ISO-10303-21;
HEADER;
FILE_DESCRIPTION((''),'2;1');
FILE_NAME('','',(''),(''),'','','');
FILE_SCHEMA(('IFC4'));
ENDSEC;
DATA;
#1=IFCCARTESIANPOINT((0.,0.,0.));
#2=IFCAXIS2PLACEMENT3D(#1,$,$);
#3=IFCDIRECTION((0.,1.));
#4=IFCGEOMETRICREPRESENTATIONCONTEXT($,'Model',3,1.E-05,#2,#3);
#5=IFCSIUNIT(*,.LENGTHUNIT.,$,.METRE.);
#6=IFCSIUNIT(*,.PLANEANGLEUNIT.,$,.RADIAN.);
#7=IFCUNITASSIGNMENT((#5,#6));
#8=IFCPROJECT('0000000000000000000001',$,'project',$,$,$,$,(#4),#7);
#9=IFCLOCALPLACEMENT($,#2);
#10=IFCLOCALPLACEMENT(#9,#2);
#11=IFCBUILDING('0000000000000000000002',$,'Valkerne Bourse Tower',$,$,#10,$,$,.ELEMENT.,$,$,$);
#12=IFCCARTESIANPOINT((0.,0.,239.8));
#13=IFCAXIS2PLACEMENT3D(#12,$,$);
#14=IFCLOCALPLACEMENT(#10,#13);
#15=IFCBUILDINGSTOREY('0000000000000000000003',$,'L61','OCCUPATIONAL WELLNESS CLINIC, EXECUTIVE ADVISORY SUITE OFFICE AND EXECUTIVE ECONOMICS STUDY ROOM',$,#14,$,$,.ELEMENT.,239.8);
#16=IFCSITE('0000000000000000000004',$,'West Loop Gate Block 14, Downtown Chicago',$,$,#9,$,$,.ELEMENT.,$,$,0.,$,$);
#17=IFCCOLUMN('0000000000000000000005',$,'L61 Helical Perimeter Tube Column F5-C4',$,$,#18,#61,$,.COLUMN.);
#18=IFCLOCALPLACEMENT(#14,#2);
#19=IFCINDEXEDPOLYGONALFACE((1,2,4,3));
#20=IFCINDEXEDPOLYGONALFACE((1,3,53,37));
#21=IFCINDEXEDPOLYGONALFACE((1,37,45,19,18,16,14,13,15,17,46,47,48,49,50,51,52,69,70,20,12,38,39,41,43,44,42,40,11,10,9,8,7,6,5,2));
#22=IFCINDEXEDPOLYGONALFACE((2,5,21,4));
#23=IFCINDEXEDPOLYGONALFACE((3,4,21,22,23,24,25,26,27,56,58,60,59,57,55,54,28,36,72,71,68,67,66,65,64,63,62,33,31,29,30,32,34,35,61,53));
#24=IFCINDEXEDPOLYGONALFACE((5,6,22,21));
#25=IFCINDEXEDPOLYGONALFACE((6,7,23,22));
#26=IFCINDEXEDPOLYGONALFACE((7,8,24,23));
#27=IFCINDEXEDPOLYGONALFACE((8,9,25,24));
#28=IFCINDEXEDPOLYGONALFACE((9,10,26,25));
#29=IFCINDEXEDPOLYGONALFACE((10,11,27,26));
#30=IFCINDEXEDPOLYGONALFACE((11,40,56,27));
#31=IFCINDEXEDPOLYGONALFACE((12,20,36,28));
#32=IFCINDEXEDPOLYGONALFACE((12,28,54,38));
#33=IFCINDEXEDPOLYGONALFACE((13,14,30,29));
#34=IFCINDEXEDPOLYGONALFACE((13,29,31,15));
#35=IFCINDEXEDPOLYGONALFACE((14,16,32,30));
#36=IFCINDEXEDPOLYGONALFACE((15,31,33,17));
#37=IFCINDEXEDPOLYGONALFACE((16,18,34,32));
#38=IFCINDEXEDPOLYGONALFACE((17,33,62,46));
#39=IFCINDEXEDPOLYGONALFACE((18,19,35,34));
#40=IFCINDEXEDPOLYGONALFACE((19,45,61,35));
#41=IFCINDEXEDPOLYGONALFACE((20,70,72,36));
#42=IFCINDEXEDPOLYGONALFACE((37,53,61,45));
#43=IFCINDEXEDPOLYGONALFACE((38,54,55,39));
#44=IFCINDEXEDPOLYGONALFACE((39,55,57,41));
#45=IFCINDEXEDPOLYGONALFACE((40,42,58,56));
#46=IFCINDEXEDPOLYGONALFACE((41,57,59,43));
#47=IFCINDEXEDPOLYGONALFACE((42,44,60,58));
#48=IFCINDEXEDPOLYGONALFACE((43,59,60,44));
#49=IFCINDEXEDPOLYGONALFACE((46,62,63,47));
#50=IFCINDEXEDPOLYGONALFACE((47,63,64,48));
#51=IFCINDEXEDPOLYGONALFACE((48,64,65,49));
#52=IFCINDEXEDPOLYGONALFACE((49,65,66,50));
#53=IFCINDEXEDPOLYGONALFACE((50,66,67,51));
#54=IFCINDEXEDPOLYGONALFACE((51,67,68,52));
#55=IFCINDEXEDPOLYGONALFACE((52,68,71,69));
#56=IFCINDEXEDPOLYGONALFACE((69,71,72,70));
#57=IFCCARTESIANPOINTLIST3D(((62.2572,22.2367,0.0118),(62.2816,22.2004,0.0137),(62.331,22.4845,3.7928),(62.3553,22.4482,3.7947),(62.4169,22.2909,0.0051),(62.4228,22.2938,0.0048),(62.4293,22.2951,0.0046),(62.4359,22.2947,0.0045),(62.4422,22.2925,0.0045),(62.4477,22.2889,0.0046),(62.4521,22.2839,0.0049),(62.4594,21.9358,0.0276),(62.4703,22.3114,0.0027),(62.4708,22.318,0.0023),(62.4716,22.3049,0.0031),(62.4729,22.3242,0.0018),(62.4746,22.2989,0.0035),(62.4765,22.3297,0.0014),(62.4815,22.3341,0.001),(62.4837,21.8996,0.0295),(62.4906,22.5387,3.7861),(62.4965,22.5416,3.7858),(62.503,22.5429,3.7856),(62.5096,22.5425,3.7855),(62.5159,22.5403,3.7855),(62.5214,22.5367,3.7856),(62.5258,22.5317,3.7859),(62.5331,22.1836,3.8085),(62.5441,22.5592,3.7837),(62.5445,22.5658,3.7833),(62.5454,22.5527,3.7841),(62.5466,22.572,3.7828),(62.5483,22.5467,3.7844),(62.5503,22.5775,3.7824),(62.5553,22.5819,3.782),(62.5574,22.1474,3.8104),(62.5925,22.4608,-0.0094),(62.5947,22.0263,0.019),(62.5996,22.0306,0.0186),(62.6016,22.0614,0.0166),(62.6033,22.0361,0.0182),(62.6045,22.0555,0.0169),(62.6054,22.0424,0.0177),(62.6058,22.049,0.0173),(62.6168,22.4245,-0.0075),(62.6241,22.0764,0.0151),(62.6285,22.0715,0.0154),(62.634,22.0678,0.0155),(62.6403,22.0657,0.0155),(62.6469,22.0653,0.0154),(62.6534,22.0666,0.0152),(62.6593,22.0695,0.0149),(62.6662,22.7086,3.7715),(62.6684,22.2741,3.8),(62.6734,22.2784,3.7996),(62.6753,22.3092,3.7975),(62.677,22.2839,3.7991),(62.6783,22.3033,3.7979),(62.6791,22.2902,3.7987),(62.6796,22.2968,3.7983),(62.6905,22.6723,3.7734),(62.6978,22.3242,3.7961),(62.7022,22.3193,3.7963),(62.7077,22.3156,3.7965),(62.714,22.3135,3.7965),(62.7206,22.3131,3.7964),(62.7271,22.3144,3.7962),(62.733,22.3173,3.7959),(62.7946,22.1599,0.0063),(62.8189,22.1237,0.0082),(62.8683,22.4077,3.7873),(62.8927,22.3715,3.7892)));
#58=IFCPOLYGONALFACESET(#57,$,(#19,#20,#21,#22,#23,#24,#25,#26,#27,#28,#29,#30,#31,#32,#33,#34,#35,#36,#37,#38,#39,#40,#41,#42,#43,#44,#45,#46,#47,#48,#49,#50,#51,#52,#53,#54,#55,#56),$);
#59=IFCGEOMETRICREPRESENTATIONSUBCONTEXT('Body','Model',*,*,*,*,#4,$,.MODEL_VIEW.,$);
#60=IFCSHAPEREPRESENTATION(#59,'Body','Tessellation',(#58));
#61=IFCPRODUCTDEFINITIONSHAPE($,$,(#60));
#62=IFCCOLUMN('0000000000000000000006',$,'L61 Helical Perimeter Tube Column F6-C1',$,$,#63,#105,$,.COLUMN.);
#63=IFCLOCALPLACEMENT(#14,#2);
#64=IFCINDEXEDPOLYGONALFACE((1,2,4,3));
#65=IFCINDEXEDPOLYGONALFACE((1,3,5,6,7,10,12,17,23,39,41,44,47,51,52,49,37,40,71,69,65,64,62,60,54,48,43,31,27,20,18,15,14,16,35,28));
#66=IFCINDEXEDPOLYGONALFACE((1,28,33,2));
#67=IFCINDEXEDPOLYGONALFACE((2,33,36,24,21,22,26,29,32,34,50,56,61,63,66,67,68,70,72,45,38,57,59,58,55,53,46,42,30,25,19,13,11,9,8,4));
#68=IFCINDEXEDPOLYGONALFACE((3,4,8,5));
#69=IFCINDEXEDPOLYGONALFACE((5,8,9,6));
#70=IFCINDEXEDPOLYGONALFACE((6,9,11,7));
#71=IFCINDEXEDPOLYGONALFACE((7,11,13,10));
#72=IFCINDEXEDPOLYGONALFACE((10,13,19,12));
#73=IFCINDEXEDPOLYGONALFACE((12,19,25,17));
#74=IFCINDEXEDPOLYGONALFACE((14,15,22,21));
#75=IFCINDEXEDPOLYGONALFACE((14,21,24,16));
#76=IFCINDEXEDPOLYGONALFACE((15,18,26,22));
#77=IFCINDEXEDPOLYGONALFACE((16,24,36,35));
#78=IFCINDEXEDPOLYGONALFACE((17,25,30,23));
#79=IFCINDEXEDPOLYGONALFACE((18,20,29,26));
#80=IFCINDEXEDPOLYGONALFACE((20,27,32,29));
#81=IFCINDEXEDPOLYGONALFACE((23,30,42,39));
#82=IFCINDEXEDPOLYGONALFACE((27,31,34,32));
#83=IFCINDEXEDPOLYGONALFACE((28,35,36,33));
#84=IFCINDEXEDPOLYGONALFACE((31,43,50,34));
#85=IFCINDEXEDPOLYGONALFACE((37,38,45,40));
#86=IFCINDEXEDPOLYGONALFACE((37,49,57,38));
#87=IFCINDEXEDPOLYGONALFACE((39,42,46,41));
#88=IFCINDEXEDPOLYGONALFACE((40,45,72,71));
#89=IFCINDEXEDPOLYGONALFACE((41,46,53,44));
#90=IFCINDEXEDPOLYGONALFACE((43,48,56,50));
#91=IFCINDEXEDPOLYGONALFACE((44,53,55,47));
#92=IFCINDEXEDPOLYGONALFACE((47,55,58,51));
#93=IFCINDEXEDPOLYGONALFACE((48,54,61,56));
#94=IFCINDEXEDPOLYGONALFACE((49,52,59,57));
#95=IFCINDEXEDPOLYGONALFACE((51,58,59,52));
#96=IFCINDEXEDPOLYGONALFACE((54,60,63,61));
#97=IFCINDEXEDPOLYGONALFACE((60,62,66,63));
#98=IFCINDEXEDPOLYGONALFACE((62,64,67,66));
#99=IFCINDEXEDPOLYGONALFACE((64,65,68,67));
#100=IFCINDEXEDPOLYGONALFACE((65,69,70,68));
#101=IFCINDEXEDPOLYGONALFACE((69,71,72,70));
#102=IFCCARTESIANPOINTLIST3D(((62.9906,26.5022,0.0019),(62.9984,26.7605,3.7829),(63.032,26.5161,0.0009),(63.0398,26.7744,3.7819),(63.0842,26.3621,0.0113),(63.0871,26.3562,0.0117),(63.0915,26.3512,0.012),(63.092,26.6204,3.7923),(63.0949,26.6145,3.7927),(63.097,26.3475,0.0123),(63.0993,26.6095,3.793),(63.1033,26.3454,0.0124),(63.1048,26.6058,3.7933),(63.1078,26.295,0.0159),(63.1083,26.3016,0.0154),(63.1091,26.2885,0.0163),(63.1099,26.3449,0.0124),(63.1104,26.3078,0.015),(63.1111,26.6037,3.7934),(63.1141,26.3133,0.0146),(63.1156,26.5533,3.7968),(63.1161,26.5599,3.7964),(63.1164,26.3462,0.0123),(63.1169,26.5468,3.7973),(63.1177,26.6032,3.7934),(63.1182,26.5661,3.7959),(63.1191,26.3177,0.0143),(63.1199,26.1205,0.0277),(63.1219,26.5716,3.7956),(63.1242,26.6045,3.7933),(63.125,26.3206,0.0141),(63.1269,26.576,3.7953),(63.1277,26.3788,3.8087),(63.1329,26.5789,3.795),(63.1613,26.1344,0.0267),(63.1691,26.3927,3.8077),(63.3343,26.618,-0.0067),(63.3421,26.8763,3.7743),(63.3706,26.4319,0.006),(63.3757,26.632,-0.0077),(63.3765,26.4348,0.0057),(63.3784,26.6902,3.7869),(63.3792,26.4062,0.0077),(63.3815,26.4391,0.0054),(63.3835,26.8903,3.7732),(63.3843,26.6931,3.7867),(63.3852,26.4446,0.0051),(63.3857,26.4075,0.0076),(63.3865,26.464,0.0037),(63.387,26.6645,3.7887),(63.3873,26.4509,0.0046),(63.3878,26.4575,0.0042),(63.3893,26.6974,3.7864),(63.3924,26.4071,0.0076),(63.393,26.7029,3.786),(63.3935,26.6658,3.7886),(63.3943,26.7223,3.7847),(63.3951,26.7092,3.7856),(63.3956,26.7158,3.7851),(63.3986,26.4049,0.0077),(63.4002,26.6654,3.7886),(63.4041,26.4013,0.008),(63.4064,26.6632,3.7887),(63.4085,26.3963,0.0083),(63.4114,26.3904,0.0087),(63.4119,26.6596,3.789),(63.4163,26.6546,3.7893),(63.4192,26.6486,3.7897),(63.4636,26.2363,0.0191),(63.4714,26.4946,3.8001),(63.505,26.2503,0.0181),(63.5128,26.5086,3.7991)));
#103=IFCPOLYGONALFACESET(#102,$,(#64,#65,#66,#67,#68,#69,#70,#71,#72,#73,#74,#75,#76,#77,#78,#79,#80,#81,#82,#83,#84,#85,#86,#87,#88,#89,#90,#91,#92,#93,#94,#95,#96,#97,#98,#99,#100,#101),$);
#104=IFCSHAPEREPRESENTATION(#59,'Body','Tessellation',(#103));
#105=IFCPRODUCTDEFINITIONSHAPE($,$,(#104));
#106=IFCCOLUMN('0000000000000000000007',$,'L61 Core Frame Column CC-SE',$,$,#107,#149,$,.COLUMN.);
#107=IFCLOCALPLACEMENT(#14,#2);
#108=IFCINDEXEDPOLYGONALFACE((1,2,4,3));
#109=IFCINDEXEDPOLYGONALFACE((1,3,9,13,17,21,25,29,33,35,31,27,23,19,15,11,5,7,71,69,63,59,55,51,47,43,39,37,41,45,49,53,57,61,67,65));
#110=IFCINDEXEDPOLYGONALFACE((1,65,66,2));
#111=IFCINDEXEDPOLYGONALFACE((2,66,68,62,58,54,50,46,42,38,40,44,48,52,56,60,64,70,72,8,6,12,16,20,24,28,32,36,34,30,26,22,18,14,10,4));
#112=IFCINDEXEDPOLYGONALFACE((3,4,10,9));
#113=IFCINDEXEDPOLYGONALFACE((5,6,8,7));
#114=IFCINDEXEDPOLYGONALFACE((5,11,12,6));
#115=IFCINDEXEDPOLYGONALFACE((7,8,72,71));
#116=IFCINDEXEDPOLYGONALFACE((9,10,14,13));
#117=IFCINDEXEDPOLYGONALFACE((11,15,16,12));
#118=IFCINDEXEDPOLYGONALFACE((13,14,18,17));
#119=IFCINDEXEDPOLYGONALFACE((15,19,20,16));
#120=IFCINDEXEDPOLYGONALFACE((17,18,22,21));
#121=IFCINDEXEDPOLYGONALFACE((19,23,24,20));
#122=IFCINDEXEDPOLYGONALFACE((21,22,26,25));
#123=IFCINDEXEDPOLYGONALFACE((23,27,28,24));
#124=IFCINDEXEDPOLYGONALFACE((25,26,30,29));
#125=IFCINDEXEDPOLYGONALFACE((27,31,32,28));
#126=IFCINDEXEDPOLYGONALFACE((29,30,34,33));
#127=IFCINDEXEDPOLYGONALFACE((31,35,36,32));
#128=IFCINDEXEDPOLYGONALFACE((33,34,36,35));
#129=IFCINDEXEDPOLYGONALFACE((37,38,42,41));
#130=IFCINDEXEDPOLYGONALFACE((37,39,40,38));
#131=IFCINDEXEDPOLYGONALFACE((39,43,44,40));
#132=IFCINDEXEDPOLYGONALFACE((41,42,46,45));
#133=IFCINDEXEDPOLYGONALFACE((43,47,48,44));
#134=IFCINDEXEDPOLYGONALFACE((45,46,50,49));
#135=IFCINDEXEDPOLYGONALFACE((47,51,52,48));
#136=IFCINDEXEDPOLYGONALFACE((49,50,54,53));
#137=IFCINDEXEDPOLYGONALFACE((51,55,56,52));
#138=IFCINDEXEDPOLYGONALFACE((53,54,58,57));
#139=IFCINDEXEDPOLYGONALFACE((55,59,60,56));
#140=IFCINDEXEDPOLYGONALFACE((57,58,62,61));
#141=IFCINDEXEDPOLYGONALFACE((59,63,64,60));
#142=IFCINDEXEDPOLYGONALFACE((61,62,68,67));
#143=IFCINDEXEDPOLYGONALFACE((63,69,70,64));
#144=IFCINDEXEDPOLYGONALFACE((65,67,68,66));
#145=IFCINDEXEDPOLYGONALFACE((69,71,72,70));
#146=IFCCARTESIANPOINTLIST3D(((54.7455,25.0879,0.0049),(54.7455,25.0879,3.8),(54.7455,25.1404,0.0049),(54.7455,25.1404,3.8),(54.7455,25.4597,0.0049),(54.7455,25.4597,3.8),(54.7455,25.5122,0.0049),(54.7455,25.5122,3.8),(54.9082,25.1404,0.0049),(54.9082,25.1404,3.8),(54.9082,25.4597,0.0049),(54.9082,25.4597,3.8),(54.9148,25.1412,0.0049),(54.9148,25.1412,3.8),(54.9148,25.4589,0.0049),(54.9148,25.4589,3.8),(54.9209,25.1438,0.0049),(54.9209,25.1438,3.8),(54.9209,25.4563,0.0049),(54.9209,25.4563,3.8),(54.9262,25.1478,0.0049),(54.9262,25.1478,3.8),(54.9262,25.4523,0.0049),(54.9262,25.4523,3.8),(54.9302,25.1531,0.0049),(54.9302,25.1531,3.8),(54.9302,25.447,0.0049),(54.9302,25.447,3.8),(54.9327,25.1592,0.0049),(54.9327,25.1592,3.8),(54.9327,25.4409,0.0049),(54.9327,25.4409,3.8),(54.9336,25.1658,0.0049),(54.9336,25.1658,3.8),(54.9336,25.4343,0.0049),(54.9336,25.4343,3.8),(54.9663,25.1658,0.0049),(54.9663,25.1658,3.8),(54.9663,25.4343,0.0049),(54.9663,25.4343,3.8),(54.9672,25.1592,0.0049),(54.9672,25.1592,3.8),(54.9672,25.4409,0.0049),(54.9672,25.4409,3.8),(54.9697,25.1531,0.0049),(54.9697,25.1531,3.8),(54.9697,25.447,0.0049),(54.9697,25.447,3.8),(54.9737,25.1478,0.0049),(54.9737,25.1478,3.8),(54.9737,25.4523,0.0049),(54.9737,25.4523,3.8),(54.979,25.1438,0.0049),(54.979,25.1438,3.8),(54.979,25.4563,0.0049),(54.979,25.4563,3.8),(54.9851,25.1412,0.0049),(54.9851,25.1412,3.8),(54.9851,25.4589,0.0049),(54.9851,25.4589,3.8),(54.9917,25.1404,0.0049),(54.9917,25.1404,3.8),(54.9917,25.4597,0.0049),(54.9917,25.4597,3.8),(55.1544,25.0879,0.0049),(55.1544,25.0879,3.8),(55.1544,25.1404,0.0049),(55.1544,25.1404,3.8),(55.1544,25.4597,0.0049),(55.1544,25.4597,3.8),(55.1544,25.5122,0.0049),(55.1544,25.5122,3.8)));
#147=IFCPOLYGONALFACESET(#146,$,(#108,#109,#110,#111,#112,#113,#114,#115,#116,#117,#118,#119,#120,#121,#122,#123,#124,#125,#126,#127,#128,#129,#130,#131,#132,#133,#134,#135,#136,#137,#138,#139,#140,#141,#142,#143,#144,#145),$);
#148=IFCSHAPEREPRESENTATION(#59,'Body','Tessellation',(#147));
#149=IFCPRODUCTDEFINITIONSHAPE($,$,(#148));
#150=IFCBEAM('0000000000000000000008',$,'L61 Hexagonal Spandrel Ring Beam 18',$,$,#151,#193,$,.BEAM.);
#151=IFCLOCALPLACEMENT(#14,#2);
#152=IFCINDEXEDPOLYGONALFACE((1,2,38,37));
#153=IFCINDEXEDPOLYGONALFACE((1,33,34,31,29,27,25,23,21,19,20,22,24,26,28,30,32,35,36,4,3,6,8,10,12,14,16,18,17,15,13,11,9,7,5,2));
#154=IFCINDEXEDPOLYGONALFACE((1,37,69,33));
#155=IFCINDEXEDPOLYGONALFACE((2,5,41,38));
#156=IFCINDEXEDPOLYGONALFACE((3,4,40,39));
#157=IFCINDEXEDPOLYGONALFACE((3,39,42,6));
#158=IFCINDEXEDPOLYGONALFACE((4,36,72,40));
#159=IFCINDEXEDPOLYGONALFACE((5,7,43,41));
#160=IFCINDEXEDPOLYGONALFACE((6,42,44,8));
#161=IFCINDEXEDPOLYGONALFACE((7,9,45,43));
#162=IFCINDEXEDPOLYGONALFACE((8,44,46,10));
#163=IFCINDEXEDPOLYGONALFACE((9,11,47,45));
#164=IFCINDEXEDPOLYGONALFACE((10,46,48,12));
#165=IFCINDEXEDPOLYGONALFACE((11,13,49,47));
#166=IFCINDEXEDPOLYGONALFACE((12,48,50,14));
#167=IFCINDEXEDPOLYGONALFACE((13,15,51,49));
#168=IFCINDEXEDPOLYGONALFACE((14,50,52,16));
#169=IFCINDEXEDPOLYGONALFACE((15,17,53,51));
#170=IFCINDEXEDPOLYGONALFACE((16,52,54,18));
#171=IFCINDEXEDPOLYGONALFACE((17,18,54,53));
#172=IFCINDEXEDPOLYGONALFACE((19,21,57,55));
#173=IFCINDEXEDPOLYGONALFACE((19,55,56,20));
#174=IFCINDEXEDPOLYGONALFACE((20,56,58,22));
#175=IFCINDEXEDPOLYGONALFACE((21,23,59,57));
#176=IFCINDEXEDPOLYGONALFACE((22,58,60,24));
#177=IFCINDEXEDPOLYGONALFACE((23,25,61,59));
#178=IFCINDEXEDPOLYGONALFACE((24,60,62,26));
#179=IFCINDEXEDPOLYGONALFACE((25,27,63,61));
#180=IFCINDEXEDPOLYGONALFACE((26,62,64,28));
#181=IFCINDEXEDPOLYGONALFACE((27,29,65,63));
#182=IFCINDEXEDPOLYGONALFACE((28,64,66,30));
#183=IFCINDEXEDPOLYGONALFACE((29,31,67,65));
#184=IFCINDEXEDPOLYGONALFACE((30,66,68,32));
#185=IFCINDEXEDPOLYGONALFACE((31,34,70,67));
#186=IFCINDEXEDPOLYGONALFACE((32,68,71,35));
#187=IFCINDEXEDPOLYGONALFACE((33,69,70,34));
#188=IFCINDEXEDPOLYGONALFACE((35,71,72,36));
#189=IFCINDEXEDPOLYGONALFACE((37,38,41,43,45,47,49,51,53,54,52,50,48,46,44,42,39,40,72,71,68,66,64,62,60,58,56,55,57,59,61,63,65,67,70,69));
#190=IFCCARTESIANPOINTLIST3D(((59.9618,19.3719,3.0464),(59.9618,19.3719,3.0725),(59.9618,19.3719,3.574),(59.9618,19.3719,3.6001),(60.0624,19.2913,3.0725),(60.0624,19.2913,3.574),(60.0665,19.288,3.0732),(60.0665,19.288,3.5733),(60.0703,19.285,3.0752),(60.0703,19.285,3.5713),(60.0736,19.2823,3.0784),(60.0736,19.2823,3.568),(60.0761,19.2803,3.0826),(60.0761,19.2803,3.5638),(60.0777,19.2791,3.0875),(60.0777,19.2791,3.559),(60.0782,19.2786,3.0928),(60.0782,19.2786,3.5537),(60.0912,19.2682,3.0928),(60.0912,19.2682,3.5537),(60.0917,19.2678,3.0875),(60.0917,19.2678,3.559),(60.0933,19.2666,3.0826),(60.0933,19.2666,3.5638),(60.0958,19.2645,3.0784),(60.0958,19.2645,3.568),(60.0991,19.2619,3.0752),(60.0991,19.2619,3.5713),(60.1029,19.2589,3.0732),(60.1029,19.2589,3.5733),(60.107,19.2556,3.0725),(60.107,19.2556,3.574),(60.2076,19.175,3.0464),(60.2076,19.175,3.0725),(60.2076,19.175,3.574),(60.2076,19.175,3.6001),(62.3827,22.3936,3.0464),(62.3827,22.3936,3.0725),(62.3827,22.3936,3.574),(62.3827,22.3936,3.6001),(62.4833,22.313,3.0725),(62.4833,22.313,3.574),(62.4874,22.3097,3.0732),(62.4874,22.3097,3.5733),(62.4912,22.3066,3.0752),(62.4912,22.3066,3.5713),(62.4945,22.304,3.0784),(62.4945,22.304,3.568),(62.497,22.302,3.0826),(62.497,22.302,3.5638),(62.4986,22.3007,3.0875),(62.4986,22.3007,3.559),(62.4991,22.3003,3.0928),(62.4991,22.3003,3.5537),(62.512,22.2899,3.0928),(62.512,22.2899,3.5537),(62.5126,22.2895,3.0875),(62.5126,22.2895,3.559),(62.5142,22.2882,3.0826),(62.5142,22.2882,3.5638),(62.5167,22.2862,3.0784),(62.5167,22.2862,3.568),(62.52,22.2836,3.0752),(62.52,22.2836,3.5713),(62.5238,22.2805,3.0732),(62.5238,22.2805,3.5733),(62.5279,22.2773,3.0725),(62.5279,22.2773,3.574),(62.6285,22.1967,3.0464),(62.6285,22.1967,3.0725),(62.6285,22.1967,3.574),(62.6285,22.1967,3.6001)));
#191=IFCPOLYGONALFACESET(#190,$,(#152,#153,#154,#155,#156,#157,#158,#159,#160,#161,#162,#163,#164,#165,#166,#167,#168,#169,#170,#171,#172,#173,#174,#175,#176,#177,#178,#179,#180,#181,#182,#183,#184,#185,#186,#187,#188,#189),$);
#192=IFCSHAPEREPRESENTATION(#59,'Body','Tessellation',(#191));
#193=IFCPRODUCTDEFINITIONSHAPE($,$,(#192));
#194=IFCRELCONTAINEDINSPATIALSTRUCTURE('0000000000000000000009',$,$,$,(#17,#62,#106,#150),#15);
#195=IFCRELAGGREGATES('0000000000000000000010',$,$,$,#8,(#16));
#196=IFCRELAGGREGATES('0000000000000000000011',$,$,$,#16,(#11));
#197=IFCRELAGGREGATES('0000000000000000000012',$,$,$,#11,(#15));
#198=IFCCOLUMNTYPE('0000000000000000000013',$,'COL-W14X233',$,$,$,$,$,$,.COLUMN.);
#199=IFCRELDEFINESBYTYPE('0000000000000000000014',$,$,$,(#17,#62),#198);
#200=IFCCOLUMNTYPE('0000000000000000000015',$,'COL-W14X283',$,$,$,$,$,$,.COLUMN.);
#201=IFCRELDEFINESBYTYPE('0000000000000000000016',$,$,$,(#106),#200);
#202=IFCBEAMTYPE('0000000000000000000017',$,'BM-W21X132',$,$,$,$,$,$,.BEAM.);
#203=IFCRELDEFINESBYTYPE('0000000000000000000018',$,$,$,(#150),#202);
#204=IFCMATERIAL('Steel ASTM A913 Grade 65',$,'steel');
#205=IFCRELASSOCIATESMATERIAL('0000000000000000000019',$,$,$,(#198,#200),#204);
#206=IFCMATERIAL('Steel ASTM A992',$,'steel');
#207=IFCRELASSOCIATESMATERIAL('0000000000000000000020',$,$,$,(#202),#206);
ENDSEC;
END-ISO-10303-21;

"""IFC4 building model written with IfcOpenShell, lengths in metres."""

from ifc_helpers import new_model, si_unit, direction, frame, origin, origin_2d, place, context, subcontext, project, spatial, i_section, extrude, material, material_profile, profile_set, type_object, element, save


model = new_model("IFC4")

# Units and contexts
model_context = context("Model", 3, precision=1e-05, world=origin(), true_north=direction((0.0, 1.0)))
body_context = subcontext(model_context, "Body", "Model", "MODEL_VIEW")
ifc_project = project(units=[si_unit("LENGTHUNIT", "METRE"), si_unit("PLANEANGLEUNIT", "RADIAN")], contexts=[model_context])

# Site, building, storey
site_placement = place(None, origin())
site = spatial("IfcSite", under=ifc_project, at=site_placement, Name="West Loop Gate Block 14, Downtown Chicago", CompositionType="ELEMENT", RefElevation=0.0)
building_placement = place(site_placement, origin())
building = spatial("IfcBuilding", under=site, at=building_placement, Name="Valkerne Bourse Tower", CompositionType="ELEMENT")
storey_placement = place(building_placement, frame((0.0, 0.0, 239.8)))
storey = spatial("IfcBuildingStorey", under=building, at=storey_placement, Name="L61", Description="OCCUPATIONAL WELLNESS CLINIC, EXECUTIVE ADVISORY SUITE OFFICE AND EXECUTIVE ECONOMICS STUDY ROOM", CompositionType="ELEMENT", Elevation=239.8)

# Columns
ifc_material_1 = material(Name="Steel ASTM A913 Grade 65", Category="steel")
ifc_material_profile_1 = material_profile(ifc_material_1, i_section(OverallWidth=0.4038, OverallDepth=0.4065, WebThickness=0.0271, FlangeThickness=0.0437, FilletRadius=0.0254, at=origin_2d()), Name="W14X233")
ifc_profile_set_1 = profile_set([ifc_material_profile_1], Name="Steel ASTM A913 Grade 65")
column_type_1 = type_object("IfcColumnType", Name="COL-W14X233", PredefinedType="COLUMN", material=ifc_profile_set_1)
for number, where, z_axis, x_axis, name in (
    (1, (62.5381, 22.1802, 0.01), (0.019455, 0.065386, 0.99767), (-0.830178, -0.555015, 0.052564), "L61 Helical Perimeter Tube Column F5-C4"),
    (2, (63.2478, 26.3762, 0.01), (0.002061, 0.068156, 0.997673), (0.320143, -0.945211, 0.063911), "L61 Helical Perimeter Tube Column F6-C1"),
):
    element("IfcColumn", number, at=place(storey_placement, frame(where, z_axis=z_axis, x_axis=x_axis)), inside=storey, type_object=column_type_1, Name=name, PredefinedType="COLUMN", context=body_context, shape_type="SweptSolid", body=[
        extrude(i_section(OverallWidth=0.4038, OverallDepth=0.4065, WebThickness=0.0271, FlangeThickness=0.0437, FilletRadius=0.0254, at=origin_2d()), origin(), (0.0, 0.0, 1.0), 3.7898),
    ])
ifc_material_profile_2 = material_profile(ifc_material_1, i_section(OverallWidth=0.4089, OverallDepth=0.4243, WebThickness=0.0327, FlangeThickness=0.0525, FilletRadius=0.0254, at=origin_2d()), Name="W14X283")
ifc_profile_set_2 = profile_set([ifc_material_profile_2], Name="Steel ASTM A913 Grade 65")
column_type_2 = type_object("IfcColumnType", Name="COL-W14X283", PredefinedType="COLUMN", material=ifc_profile_set_2)
column_placement = place(storey_placement, frame((54.95, 25.3, 0.0049), z_axis=(0.0, 0.0, 1.0), x_axis=(1.0, 0.0, 0.0)))
element("IfcColumn", 3, at=column_placement, inside=storey, type_object=column_type_2, Name="L61 Core Frame Column CC-SE", PredefinedType="COLUMN", context=body_context, shape_type="SweptSolid", body=[
    extrude(i_section(OverallWidth=0.4089, OverallDepth=0.4243, WebThickness=0.0327, FlangeThickness=0.0525, FilletRadius=0.0254, at=origin_2d()), origin(), (0.0, 0.0, 1.0), 3.7952),
])

# Beam
ifc_material_2 = material(Name="Steel ASTM A992", Category="steel")
ifc_material_profile_3 = material_profile(ifc_material_2, i_section(OverallWidth=0.3149, OverallDepth=0.5537, WebThickness=0.0166, FlangeThickness=0.0261, FilletRadius=0.0203, at=origin_2d()), Name="W21X132")
ifc_profile_set_3 = profile_set([ifc_material_profile_3], Name="Steel ASTM A992")
beam_type_1 = type_object("IfcBeamType", Name="BM-W21X132", PredefinedType="BEAM", material=ifc_profile_set_3)
beam_1_placement = place(storey_placement, frame((60.0847, 19.2734, 3.3232), z_axis=(0.625249, 0.780426, 0.0), x_axis=(-0.780426, 0.625249, 0.0)))
element("IfcBeam", 4, at=beam_1_placement, inside=storey, type_object=beam_type_1, Name="L61 Hexagonal Spandrel Ring Beam 18", PredefinedType="BEAM", context=body_context, shape_type="SweptSolid", body=[
    extrude(i_section(OverallWidth=0.3149, OverallDepth=0.5537, WebThickness=0.0166, FlangeThickness=0.0261, FilletRadius=0.0203, at=origin_2d()), origin(), (0.0, 0.0, 1.0), 3.8718),
])

save(model, "model.ifc")
